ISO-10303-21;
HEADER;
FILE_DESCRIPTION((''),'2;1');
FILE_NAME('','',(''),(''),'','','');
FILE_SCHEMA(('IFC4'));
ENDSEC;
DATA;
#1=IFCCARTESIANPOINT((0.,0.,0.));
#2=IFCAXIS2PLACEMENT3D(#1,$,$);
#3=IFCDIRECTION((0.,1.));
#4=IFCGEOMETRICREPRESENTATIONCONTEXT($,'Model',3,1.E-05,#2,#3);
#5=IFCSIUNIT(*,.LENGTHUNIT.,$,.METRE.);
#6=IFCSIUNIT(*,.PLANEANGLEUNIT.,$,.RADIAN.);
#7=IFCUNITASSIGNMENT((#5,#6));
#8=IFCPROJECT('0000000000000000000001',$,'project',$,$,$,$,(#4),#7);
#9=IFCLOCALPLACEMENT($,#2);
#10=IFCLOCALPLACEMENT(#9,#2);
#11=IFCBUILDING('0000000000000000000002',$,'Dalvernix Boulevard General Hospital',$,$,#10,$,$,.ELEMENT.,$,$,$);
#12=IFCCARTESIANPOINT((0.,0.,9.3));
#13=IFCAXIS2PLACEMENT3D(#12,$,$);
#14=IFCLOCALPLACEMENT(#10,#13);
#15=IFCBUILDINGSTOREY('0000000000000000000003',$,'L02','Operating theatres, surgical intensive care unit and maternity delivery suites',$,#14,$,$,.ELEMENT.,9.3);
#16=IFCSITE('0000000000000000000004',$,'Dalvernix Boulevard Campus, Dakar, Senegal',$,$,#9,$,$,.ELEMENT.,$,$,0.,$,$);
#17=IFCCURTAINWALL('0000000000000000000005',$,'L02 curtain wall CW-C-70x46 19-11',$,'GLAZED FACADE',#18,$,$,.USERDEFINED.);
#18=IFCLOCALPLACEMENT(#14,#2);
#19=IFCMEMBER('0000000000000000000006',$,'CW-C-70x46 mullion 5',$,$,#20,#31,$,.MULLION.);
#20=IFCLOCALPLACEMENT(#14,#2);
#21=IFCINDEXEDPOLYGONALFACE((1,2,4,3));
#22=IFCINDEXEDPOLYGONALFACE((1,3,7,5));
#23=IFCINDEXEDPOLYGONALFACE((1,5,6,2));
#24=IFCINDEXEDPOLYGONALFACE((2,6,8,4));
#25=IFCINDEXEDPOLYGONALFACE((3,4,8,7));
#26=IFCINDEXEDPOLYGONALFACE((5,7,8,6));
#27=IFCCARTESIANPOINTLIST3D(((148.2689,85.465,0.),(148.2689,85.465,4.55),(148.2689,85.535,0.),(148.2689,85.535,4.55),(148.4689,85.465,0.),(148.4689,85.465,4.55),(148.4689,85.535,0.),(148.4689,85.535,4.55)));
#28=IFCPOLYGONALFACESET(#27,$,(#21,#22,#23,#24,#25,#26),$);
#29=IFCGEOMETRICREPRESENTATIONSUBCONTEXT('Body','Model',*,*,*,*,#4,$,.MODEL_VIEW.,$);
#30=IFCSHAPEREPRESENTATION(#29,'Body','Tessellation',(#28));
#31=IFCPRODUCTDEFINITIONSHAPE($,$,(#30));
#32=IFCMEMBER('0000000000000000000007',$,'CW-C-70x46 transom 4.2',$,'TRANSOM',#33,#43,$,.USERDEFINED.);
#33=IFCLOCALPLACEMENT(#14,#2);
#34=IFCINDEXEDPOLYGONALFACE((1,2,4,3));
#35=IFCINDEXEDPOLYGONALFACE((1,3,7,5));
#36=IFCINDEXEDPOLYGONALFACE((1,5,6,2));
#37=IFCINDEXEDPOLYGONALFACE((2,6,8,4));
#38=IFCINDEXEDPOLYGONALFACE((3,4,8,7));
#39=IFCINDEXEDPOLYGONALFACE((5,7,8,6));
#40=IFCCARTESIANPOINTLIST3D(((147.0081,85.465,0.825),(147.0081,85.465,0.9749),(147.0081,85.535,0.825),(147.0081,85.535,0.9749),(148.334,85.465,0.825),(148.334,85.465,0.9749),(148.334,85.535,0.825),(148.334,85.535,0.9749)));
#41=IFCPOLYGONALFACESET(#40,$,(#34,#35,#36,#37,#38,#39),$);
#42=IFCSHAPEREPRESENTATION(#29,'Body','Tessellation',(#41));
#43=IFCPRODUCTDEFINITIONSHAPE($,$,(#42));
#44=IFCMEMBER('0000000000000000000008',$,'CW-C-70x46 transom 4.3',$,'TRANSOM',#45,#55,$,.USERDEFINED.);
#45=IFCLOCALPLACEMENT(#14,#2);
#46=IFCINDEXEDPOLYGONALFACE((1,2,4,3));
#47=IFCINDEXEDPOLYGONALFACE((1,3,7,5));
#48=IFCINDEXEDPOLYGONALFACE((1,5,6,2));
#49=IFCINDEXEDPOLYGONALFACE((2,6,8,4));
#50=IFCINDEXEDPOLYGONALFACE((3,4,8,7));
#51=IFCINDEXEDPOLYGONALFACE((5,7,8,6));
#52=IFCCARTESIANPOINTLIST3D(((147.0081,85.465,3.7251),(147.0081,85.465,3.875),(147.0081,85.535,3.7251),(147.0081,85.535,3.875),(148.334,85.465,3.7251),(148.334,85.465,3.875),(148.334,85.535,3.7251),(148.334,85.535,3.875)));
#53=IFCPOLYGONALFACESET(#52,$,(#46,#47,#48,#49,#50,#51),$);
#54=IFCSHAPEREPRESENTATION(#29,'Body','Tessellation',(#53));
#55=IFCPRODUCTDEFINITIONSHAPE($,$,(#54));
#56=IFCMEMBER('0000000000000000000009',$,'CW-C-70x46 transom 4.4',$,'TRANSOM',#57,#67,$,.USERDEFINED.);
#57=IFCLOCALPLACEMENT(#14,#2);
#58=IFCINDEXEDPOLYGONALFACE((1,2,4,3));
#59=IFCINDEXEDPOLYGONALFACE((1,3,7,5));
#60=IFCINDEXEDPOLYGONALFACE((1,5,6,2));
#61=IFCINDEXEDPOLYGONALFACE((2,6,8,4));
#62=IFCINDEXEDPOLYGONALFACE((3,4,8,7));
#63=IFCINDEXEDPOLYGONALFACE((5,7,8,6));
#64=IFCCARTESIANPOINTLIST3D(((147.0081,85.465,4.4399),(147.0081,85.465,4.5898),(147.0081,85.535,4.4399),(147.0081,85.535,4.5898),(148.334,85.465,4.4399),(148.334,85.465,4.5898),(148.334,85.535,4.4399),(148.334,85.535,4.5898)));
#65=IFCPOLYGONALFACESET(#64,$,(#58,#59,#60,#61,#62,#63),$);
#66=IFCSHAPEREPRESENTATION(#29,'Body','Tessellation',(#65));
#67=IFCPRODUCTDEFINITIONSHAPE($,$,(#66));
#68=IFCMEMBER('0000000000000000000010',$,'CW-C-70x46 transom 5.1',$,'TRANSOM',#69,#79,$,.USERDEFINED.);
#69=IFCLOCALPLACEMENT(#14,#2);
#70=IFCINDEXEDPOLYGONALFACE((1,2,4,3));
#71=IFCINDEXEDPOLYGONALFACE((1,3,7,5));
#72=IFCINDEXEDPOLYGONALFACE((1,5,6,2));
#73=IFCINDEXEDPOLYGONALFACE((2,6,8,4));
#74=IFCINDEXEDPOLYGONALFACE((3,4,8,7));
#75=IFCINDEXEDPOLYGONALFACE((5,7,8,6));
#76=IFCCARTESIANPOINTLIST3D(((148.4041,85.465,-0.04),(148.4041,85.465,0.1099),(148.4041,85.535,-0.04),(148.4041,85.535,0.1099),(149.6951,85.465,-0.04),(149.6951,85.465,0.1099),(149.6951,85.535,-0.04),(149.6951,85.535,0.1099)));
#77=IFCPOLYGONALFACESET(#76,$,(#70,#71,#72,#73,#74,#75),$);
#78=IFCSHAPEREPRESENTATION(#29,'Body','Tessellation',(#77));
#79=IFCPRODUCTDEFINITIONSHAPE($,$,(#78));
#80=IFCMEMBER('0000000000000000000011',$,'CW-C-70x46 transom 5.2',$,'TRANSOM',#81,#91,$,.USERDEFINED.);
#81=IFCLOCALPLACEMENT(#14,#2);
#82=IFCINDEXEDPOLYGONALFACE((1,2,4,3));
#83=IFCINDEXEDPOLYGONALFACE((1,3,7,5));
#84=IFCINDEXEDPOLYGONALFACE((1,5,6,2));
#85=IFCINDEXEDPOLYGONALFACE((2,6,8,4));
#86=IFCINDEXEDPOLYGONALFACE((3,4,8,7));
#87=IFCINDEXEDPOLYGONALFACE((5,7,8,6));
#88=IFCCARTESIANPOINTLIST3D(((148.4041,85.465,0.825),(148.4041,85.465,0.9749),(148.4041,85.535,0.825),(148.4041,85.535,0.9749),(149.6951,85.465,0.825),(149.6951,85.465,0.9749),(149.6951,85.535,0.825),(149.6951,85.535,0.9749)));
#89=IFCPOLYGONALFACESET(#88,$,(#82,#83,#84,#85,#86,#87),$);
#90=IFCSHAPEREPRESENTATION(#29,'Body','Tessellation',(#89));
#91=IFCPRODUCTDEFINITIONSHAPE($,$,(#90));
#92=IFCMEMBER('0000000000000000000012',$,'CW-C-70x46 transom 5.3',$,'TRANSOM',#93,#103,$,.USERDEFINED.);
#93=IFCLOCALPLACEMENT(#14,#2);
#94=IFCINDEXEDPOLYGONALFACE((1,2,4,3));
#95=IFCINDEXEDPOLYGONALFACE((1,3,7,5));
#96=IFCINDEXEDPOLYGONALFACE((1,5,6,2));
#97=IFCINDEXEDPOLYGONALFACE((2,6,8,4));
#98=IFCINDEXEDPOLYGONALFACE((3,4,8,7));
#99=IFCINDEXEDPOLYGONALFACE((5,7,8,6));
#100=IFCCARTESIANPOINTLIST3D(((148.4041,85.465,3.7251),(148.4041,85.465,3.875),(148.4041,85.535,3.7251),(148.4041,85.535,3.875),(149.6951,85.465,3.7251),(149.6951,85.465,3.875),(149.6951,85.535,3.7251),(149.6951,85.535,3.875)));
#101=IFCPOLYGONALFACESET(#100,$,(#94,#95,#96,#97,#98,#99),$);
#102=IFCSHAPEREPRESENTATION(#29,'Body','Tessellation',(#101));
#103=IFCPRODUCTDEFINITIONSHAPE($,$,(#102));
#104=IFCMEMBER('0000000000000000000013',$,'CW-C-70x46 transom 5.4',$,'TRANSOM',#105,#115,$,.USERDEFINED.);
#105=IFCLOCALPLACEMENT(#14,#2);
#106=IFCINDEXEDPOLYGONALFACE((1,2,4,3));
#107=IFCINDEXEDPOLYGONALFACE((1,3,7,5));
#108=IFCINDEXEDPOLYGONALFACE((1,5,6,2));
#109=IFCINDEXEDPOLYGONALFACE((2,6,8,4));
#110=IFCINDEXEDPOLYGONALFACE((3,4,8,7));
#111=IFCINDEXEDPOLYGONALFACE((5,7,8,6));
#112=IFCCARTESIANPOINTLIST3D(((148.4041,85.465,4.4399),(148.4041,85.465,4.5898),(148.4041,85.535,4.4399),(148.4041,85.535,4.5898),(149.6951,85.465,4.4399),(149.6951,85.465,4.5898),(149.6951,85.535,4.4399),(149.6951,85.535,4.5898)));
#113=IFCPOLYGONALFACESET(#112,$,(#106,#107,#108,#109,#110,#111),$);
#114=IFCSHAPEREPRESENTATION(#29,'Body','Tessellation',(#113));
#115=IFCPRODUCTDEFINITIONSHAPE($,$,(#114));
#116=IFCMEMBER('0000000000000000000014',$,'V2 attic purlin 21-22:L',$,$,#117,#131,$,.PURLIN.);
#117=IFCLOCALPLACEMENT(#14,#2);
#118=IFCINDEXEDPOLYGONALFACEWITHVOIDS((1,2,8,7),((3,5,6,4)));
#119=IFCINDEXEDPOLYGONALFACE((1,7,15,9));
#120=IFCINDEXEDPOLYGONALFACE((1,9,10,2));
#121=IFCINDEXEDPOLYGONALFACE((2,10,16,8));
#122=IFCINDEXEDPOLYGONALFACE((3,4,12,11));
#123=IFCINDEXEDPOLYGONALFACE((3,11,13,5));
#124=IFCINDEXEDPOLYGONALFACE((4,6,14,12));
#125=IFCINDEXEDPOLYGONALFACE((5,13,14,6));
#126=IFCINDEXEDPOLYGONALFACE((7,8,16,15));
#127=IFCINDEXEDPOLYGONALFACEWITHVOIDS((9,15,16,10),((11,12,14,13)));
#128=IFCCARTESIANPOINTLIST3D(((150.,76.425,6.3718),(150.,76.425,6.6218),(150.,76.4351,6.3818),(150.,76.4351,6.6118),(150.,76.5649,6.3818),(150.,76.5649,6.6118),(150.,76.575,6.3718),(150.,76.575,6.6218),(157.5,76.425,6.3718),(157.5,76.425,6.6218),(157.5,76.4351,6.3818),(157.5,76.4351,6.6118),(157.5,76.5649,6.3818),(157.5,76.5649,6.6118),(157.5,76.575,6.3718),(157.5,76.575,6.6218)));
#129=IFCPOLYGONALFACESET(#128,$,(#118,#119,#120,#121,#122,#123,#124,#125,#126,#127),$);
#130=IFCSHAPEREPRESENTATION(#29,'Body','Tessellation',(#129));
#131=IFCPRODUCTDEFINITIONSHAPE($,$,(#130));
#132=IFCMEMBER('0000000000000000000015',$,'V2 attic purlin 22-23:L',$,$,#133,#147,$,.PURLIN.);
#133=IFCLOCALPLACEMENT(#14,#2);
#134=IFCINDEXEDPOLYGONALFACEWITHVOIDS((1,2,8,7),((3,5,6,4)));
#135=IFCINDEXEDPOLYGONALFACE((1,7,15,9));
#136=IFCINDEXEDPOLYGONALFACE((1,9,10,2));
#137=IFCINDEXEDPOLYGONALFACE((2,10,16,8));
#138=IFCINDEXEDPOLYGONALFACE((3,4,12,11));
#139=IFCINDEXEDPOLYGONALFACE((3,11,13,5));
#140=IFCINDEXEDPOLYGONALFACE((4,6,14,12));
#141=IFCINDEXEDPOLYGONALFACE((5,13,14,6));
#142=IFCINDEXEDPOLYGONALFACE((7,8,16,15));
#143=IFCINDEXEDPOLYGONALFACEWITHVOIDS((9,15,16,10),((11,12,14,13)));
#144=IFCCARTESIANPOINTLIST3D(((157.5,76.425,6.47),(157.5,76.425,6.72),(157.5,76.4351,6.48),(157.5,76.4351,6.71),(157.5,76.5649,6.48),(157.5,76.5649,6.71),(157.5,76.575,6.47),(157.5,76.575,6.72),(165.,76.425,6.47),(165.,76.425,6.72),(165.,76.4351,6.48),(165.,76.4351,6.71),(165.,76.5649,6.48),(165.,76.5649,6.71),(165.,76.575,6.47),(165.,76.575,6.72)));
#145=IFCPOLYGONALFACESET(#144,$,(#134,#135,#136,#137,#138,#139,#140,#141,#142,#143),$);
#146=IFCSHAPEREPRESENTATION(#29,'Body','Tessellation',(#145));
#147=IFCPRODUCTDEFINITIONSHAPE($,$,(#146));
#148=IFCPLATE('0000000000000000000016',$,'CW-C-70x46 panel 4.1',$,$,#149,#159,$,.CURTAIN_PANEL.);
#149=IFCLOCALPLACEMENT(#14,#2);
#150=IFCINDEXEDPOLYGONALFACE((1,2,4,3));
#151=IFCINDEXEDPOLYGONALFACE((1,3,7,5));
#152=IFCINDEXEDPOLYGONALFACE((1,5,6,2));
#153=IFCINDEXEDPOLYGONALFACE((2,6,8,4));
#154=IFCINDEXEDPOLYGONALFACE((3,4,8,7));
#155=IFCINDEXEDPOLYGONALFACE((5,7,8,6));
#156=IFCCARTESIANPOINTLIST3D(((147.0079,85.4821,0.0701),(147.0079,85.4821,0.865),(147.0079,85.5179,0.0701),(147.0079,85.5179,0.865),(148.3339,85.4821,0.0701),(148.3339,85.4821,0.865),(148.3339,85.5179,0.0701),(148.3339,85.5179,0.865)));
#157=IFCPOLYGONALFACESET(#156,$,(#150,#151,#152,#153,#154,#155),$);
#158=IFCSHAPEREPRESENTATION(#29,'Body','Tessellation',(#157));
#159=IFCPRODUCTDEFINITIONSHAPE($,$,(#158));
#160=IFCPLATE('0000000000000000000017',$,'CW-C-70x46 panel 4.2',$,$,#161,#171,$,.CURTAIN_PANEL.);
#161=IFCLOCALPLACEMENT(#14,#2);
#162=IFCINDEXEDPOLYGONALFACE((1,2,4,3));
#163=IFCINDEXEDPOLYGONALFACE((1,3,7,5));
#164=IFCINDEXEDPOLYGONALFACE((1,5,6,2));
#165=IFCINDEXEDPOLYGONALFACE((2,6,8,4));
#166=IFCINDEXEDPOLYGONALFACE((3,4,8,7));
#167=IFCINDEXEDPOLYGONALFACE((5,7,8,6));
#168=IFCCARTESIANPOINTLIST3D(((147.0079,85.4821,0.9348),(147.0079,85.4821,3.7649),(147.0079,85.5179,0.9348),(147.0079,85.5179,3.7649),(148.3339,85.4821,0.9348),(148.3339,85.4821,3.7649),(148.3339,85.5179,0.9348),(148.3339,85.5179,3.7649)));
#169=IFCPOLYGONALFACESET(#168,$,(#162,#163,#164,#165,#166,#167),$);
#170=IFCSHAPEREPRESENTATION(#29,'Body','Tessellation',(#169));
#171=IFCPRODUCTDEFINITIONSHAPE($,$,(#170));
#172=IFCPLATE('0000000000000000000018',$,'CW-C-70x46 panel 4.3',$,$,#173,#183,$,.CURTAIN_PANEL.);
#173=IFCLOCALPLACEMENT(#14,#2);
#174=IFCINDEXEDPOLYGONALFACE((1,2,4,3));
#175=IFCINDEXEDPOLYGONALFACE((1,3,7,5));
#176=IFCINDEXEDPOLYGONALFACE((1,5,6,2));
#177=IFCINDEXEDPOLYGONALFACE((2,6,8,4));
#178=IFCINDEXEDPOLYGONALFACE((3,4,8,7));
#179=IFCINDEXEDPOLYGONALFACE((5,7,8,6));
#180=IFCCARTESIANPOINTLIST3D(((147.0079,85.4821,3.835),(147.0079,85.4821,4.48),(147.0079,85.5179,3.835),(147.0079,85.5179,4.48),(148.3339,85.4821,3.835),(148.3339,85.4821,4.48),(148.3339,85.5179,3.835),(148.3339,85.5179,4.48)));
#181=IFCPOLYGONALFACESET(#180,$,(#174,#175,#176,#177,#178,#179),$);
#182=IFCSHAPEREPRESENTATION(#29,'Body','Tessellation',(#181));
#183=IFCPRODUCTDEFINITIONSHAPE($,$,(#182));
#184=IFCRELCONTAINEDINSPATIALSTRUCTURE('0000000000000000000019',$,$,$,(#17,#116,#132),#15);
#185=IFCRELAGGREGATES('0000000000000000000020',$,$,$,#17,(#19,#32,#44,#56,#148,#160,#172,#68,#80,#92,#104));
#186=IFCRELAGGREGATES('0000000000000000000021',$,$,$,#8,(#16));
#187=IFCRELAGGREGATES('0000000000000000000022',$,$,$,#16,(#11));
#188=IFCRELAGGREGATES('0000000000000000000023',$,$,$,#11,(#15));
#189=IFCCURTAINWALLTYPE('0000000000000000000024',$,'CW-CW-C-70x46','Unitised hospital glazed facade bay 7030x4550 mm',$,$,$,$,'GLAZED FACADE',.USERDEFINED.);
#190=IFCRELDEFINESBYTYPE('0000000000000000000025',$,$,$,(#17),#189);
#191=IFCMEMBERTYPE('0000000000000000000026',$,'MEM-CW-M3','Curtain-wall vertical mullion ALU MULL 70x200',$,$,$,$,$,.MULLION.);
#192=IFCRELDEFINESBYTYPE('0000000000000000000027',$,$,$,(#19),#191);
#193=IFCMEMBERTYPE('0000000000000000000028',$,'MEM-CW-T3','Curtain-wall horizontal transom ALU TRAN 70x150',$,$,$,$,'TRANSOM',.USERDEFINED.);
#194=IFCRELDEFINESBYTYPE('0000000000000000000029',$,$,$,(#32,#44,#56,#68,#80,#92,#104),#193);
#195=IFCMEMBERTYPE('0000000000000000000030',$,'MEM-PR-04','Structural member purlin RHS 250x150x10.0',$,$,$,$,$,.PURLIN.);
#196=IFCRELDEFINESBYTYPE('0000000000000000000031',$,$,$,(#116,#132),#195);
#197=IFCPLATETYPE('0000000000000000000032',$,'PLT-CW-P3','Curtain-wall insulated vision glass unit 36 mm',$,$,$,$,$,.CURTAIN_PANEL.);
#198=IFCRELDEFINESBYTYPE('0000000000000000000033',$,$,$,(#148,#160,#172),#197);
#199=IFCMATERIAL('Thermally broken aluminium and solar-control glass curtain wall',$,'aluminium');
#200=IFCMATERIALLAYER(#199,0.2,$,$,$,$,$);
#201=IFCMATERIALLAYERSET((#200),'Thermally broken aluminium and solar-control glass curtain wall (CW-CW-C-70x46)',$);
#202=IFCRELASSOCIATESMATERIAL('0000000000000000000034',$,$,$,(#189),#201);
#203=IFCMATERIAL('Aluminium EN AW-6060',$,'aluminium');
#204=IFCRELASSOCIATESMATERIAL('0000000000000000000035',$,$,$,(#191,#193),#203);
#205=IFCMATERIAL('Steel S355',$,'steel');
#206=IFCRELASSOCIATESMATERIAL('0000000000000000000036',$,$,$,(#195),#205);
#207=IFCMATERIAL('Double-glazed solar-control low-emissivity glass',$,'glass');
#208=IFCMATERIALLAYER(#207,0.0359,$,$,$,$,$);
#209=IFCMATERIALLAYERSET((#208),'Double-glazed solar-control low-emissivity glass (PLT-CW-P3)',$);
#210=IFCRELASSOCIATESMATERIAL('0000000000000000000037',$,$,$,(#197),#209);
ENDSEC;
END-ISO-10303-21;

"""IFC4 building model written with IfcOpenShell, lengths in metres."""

from ifc_helpers import new_model, si_unit, direction, frame, origin, origin_2d, place, context, subcontext, project, spatial, rectangle, hollow_rectangle, extrude, material, layer, layer_set, material_profile, profile_set, type_object, element, aggregate, save


model = new_model("IFC4")

# Units and contexts
model_context = context("Model", 3, precision=1e-05, world=origin(), true_north=direction((0.0, 1.0)))
body_context = subcontext(model_context, "Body", "Model", "MODEL_VIEW")
ifc_project = project(units=[si_unit("LENGTHUNIT", "METRE"), si_unit("PLANEANGLEUNIT", "RADIAN")], contexts=[model_context])

# Site, building, storey
site_placement = place(None, origin())
site = spatial("IfcSite", under=ifc_project, at=site_placement, Name="Dalvernix Boulevard Campus, Dakar, Senegal", CompositionType="ELEMENT", RefElevation=0.0)
building_placement = place(site_placement, origin())
building = spatial("IfcBuilding", under=site, at=building_placement, Name="Dalvernix Boulevard General Hospital", CompositionType="ELEMENT")
storey_placement = place(building_placement, frame((0.0, 0.0, 9.3)))
storey = spatial("IfcBuildingStorey", under=building, at=storey_placement, Name="L02", Description="Operating theatres, surgical intensive care unit and maternity delivery suites", CompositionType="ELEMENT", Elevation=9.3)

# Shared definitions
ifc_material_1 = material(Name="Steel S355", Category="steel")

# Curtain wall, members
ifc_material_2 = material(Name="Thermally broken aluminium and solar-control glass curtain wall", Category="aluminium")
ifc_layer_1 = layer(ifc_material_2, 0.2)
ifc_layer_set_1 = layer_set([ifc_layer_1], Name="Thermally broken aluminium and solar-control glass curtain wall (CW-CW-C-70x46)")
curtain_wall_type = type_object("IfcCurtainWallType", Name="CW-CW-C-70x46", Description="Unitised hospital glazed facade bay 7030x4550 mm", ElementType="GLAZED FACADE", PredefinedType="USERDEFINED", material=ifc_layer_set_1)
curtain_wall_placement = place(storey_placement, origin())
curtain_wall = element("IfcCurtainWall", 1, at=curtain_wall_placement, inside=storey, type_object=curtain_wall_type, Name="L02 curtain wall CW-C-70x46 19-11", ObjectType="GLAZED FACADE", PredefinedType="USERDEFINED")
ifc_material_3 = material(Name="Aluminium EN AW-6060", Category="aluminium")
ifc_material_profile_1 = material_profile(ifc_material_3, rectangle(XDim=0.0701, YDim=0.2, at=origin_2d()), Name="ALU MULL 70x200")
ifc_profile_set_1 = profile_set([ifc_material_profile_1], Name="Aluminium EN AW-6060")
member_type_1 = type_object("IfcMemberType", Name="MEM-CW-M3", Description="Curtain-wall vertical mullion ALU MULL 70x200", PredefinedType="MULLION", material=ifc_profile_set_1)
member_1_placement = place(storey_placement, frame((148.3689, 85.5, 0.0), z_axis=(0.0, 0.0, 1.0), x_axis=(0.0, 1.0, 0.0)))
member_1 = element("IfcMember", 2, at=member_1_placement, type_object=member_type_1, Name="CW-C-70x46 mullion 5", PredefinedType="MULLION", context=body_context, shape_type="SweptSolid", body=[
    extrude(rectangle(XDim=0.0701, YDim=0.2, at=origin_2d()), origin(), (0.0, 0.0, 1.0), 4.55),
])
ifc_material_profile_2 = material_profile(ifc_material_3, rectangle(XDim=0.0701, YDim=0.1499, at=origin_2d()), Name="ALU TRAN 70x150")
ifc_profile_set_2 = profile_set([ifc_material_profile_2], Name="Aluminium EN AW-6060")
member_type_2 = type_object("IfcMemberType", Name="MEM-CW-T3", Description="Curtain-wall horizontal transom ALU TRAN 70x150", ElementType="TRANSOM", PredefinedType="USERDEFINED", material=ifc_profile_set_2)
member_2_placement = place(storey_placement, frame((147.0081, 85.5, 0.8999), z_axis=(1.0, 0.0, 0.0), x_axis=(0.0, 1.0, 0.0)))
member_2 = element("IfcMember", 3, at=member_2_placement, type_object=member_type_2, Name="CW-C-70x46 transom 4.2", ObjectType="TRANSOM", PredefinedType="USERDEFINED", context=body_context, shape_type="SweptSolid", body=[
    extrude(rectangle(XDim=0.0701, YDim=0.1499, at=origin_2d()), origin(), (0.0, 0.0, 1.0), 1.3259),
])
member_3_placement = place(storey_placement, frame((147.0081, 85.5, 3.8), z_axis=(1.0, 0.0, 0.0), x_axis=(0.0, 1.0, 0.0)))
member_3 = element("IfcMember", 4, at=member_3_placement, type_object=member_type_2, Name="CW-C-70x46 transom 4.3", ObjectType="TRANSOM", PredefinedType="USERDEFINED", context=body_context, shape_type="SweptSolid", body=[
    extrude(rectangle(XDim=0.0701, YDim=0.1499, at=origin_2d()), origin(), (0.0, 0.0, 1.0), 1.3259),
])
member_4_placement = place(storey_placement, frame((147.0081, 85.5, 4.5149), z_axis=(1.0, 0.0, 0.0), x_axis=(0.0, 1.0, 0.0)))
member_4 = element("IfcMember", 5, at=member_4_placement, type_object=member_type_2, Name="CW-C-70x46 transom 4.4", ObjectType="TRANSOM", PredefinedType="USERDEFINED", context=body_context, shape_type="SweptSolid", body=[
    extrude(rectangle(XDim=0.0701, YDim=0.1499, at=origin_2d()), origin(), (0.0, 0.0, 1.0), 1.3259),
])
member_5_placement = place(storey_placement, frame((148.4041, 85.5, 0.0349), z_axis=(1.0, 0.0, 0.0), x_axis=(0.0, 1.0, 0.0)))
member_5 = element("IfcMember", 6, at=member_5_placement, type_object=member_type_2, Name="CW-C-70x46 transom 5.1", ObjectType="TRANSOM", PredefinedType="USERDEFINED", context=body_context, shape_type="SweptSolid", body=[
    extrude(rectangle(XDim=0.0701, YDim=0.1499, at=origin_2d()), origin(), (0.0, 0.0, 1.0), 1.291),
])
member_6_placement = place(storey_placement, frame((148.4041, 85.5, 0.8999), z_axis=(1.0, 0.0, 0.0), x_axis=(0.0, 1.0, 0.0)))
member_6 = element("IfcMember", 7, at=member_6_placement, type_object=member_type_2, Name="CW-C-70x46 transom 5.2", ObjectType="TRANSOM", PredefinedType="USERDEFINED", context=body_context, shape_type="SweptSolid", body=[
    extrude(rectangle(XDim=0.0701, YDim=0.1499, at=origin_2d()), origin(), (0.0, 0.0, 1.0), 1.291),
])
member_7_placement = place(storey_placement, frame((148.4041, 85.5, 3.8), z_axis=(1.0, 0.0, 0.0), x_axis=(0.0, 1.0, 0.0)))
member_7 = element("IfcMember", 8, at=member_7_placement, type_object=member_type_2, Name="CW-C-70x46 transom 5.3", ObjectType="TRANSOM", PredefinedType="USERDEFINED", context=body_context, shape_type="SweptSolid", body=[
    extrude(rectangle(XDim=0.0701, YDim=0.1499, at=origin_2d()), origin(), (0.0, 0.0, 1.0), 1.291),
])
member_8_placement = place(storey_placement, frame((148.4041, 85.5, 4.5149), z_axis=(1.0, 0.0, 0.0), x_axis=(0.0, 1.0, 0.0)))
member_8 = element("IfcMember", 9, at=member_8_placement, type_object=member_type_2, Name="CW-C-70x46 transom 5.4", ObjectType="TRANSOM", PredefinedType="USERDEFINED", context=body_context, shape_type="SweptSolid", body=[
    extrude(rectangle(XDim=0.0701, YDim=0.1499, at=origin_2d()), origin(), (0.0, 0.0, 1.0), 1.291),
])

# Members
ifc_material_profile_3 = material_profile(ifc_material_1, hollow_rectangle(XDim=0.1499, YDim=0.25, WallThickness=0.01, at=origin_2d()), Name="RHS 250x150x10.0")
ifc_profile_set_3 = profile_set([ifc_material_profile_3], Name="Steel S355")
member_type_3 = type_object("IfcMemberType", Name="MEM-PR-04", Description="Structural member purlin RHS 250x150x10.0", PredefinedType="PURLIN", material=ifc_profile_set_3)
for number, where, z_axis, x_axis, name in (
    (10, (150.0, 76.5, 6.4968), (1.0, 0.0, 0.0), (0.0, 1.0, 0.0), "V2 attic purlin 21-22:L"),
    (11, (157.5, 76.5, 6.595), (1.0, 0.0, 0.0), (0.0, 1.0, 0.0), "V2 attic purlin 22-23:L"),
):
    element("IfcMember", number, at=place(storey_placement, frame(where, z_axis=z_axis, x_axis=x_axis)), inside=storey, type_object=member_type_3, Name=name, PredefinedType="PURLIN", context=body_context, shape_type="SweptSolid", body=[
        extrude(hollow_rectangle(XDim=0.1499, YDim=0.25, WallThickness=0.01, at=origin_2d()), origin(), (0.0, 0.0, 1.0), 7.5),
    ])

# Plates
ifc_material_4 = material(Name="Double-glazed solar-control low-emissivity glass", Category="glass")
ifc_layer_2 = layer(ifc_material_4, 0.0359)
ifc_layer_set_2 = layer_set([ifc_layer_2], Name="Double-glazed solar-control low-emissivity glass (PLT-CW-P3)")
plate_type = type_object("IfcPlateType", Name="PLT-CW-P3", Description="Curtain-wall insulated vision glass unit 36 mm", PredefinedType="CURTAIN_PANEL", material=ifc_layer_set_2)
plate_1_placement = place(storey_placement, frame((147.6709, 85.5, 0.0701), z_axis=(0.0, 0.0, 1.0), x_axis=(1.0, 0.0, 0.0)))
plate_1 = element("IfcPlate", 12, at=plate_1_placement, type_object=plate_type, Name="CW-C-70x46 panel 4.1", PredefinedType="CURTAIN_PANEL", context=body_context, shape_type="SweptSolid", body=[
    extrude(rectangle(XDim=1.3259, YDim=0.0359, at=origin_2d()), origin(), (0.0, 0.0, 1.0), 0.7949),
])
plate_2_placement = place(storey_placement, frame((147.6709, 85.5, 0.9348), z_axis=(0.0, 0.0, 1.0), x_axis=(1.0, 0.0, 0.0)))
plate_2 = element("IfcPlate", 13, at=plate_2_placement, type_object=plate_type, Name="CW-C-70x46 panel 4.2", PredefinedType="CURTAIN_PANEL", context=body_context, shape_type="SweptSolid", body=[
    extrude(rectangle(XDim=1.3259, YDim=0.0359, at=origin_2d()), origin(), (0.0, 0.0, 1.0), 2.8301),
])
plate_3_placement = place(storey_placement, frame((147.6709, 85.5, 3.835), z_axis=(0.0, 0.0, 1.0), x_axis=(1.0, 0.0, 0.0)))
plate_3 = element("IfcPlate", 14, at=plate_3_placement, type_object=plate_type, Name="CW-C-70x46 panel 4.3", PredefinedType="CURTAIN_PANEL", context=body_context, shape_type="SweptSolid", body=[
    extrude(rectangle(XDim=1.3259, YDim=0.0359, at=origin_2d()), origin(), (0.0, 0.0, 1.0), 0.645),
])
aggregate(curtain_wall, [member_1, member_2, member_3, member_4, plate_1, plate_2, plate_3, member_5, member_6, member_7, member_8])

save(model, "model.ifc")
